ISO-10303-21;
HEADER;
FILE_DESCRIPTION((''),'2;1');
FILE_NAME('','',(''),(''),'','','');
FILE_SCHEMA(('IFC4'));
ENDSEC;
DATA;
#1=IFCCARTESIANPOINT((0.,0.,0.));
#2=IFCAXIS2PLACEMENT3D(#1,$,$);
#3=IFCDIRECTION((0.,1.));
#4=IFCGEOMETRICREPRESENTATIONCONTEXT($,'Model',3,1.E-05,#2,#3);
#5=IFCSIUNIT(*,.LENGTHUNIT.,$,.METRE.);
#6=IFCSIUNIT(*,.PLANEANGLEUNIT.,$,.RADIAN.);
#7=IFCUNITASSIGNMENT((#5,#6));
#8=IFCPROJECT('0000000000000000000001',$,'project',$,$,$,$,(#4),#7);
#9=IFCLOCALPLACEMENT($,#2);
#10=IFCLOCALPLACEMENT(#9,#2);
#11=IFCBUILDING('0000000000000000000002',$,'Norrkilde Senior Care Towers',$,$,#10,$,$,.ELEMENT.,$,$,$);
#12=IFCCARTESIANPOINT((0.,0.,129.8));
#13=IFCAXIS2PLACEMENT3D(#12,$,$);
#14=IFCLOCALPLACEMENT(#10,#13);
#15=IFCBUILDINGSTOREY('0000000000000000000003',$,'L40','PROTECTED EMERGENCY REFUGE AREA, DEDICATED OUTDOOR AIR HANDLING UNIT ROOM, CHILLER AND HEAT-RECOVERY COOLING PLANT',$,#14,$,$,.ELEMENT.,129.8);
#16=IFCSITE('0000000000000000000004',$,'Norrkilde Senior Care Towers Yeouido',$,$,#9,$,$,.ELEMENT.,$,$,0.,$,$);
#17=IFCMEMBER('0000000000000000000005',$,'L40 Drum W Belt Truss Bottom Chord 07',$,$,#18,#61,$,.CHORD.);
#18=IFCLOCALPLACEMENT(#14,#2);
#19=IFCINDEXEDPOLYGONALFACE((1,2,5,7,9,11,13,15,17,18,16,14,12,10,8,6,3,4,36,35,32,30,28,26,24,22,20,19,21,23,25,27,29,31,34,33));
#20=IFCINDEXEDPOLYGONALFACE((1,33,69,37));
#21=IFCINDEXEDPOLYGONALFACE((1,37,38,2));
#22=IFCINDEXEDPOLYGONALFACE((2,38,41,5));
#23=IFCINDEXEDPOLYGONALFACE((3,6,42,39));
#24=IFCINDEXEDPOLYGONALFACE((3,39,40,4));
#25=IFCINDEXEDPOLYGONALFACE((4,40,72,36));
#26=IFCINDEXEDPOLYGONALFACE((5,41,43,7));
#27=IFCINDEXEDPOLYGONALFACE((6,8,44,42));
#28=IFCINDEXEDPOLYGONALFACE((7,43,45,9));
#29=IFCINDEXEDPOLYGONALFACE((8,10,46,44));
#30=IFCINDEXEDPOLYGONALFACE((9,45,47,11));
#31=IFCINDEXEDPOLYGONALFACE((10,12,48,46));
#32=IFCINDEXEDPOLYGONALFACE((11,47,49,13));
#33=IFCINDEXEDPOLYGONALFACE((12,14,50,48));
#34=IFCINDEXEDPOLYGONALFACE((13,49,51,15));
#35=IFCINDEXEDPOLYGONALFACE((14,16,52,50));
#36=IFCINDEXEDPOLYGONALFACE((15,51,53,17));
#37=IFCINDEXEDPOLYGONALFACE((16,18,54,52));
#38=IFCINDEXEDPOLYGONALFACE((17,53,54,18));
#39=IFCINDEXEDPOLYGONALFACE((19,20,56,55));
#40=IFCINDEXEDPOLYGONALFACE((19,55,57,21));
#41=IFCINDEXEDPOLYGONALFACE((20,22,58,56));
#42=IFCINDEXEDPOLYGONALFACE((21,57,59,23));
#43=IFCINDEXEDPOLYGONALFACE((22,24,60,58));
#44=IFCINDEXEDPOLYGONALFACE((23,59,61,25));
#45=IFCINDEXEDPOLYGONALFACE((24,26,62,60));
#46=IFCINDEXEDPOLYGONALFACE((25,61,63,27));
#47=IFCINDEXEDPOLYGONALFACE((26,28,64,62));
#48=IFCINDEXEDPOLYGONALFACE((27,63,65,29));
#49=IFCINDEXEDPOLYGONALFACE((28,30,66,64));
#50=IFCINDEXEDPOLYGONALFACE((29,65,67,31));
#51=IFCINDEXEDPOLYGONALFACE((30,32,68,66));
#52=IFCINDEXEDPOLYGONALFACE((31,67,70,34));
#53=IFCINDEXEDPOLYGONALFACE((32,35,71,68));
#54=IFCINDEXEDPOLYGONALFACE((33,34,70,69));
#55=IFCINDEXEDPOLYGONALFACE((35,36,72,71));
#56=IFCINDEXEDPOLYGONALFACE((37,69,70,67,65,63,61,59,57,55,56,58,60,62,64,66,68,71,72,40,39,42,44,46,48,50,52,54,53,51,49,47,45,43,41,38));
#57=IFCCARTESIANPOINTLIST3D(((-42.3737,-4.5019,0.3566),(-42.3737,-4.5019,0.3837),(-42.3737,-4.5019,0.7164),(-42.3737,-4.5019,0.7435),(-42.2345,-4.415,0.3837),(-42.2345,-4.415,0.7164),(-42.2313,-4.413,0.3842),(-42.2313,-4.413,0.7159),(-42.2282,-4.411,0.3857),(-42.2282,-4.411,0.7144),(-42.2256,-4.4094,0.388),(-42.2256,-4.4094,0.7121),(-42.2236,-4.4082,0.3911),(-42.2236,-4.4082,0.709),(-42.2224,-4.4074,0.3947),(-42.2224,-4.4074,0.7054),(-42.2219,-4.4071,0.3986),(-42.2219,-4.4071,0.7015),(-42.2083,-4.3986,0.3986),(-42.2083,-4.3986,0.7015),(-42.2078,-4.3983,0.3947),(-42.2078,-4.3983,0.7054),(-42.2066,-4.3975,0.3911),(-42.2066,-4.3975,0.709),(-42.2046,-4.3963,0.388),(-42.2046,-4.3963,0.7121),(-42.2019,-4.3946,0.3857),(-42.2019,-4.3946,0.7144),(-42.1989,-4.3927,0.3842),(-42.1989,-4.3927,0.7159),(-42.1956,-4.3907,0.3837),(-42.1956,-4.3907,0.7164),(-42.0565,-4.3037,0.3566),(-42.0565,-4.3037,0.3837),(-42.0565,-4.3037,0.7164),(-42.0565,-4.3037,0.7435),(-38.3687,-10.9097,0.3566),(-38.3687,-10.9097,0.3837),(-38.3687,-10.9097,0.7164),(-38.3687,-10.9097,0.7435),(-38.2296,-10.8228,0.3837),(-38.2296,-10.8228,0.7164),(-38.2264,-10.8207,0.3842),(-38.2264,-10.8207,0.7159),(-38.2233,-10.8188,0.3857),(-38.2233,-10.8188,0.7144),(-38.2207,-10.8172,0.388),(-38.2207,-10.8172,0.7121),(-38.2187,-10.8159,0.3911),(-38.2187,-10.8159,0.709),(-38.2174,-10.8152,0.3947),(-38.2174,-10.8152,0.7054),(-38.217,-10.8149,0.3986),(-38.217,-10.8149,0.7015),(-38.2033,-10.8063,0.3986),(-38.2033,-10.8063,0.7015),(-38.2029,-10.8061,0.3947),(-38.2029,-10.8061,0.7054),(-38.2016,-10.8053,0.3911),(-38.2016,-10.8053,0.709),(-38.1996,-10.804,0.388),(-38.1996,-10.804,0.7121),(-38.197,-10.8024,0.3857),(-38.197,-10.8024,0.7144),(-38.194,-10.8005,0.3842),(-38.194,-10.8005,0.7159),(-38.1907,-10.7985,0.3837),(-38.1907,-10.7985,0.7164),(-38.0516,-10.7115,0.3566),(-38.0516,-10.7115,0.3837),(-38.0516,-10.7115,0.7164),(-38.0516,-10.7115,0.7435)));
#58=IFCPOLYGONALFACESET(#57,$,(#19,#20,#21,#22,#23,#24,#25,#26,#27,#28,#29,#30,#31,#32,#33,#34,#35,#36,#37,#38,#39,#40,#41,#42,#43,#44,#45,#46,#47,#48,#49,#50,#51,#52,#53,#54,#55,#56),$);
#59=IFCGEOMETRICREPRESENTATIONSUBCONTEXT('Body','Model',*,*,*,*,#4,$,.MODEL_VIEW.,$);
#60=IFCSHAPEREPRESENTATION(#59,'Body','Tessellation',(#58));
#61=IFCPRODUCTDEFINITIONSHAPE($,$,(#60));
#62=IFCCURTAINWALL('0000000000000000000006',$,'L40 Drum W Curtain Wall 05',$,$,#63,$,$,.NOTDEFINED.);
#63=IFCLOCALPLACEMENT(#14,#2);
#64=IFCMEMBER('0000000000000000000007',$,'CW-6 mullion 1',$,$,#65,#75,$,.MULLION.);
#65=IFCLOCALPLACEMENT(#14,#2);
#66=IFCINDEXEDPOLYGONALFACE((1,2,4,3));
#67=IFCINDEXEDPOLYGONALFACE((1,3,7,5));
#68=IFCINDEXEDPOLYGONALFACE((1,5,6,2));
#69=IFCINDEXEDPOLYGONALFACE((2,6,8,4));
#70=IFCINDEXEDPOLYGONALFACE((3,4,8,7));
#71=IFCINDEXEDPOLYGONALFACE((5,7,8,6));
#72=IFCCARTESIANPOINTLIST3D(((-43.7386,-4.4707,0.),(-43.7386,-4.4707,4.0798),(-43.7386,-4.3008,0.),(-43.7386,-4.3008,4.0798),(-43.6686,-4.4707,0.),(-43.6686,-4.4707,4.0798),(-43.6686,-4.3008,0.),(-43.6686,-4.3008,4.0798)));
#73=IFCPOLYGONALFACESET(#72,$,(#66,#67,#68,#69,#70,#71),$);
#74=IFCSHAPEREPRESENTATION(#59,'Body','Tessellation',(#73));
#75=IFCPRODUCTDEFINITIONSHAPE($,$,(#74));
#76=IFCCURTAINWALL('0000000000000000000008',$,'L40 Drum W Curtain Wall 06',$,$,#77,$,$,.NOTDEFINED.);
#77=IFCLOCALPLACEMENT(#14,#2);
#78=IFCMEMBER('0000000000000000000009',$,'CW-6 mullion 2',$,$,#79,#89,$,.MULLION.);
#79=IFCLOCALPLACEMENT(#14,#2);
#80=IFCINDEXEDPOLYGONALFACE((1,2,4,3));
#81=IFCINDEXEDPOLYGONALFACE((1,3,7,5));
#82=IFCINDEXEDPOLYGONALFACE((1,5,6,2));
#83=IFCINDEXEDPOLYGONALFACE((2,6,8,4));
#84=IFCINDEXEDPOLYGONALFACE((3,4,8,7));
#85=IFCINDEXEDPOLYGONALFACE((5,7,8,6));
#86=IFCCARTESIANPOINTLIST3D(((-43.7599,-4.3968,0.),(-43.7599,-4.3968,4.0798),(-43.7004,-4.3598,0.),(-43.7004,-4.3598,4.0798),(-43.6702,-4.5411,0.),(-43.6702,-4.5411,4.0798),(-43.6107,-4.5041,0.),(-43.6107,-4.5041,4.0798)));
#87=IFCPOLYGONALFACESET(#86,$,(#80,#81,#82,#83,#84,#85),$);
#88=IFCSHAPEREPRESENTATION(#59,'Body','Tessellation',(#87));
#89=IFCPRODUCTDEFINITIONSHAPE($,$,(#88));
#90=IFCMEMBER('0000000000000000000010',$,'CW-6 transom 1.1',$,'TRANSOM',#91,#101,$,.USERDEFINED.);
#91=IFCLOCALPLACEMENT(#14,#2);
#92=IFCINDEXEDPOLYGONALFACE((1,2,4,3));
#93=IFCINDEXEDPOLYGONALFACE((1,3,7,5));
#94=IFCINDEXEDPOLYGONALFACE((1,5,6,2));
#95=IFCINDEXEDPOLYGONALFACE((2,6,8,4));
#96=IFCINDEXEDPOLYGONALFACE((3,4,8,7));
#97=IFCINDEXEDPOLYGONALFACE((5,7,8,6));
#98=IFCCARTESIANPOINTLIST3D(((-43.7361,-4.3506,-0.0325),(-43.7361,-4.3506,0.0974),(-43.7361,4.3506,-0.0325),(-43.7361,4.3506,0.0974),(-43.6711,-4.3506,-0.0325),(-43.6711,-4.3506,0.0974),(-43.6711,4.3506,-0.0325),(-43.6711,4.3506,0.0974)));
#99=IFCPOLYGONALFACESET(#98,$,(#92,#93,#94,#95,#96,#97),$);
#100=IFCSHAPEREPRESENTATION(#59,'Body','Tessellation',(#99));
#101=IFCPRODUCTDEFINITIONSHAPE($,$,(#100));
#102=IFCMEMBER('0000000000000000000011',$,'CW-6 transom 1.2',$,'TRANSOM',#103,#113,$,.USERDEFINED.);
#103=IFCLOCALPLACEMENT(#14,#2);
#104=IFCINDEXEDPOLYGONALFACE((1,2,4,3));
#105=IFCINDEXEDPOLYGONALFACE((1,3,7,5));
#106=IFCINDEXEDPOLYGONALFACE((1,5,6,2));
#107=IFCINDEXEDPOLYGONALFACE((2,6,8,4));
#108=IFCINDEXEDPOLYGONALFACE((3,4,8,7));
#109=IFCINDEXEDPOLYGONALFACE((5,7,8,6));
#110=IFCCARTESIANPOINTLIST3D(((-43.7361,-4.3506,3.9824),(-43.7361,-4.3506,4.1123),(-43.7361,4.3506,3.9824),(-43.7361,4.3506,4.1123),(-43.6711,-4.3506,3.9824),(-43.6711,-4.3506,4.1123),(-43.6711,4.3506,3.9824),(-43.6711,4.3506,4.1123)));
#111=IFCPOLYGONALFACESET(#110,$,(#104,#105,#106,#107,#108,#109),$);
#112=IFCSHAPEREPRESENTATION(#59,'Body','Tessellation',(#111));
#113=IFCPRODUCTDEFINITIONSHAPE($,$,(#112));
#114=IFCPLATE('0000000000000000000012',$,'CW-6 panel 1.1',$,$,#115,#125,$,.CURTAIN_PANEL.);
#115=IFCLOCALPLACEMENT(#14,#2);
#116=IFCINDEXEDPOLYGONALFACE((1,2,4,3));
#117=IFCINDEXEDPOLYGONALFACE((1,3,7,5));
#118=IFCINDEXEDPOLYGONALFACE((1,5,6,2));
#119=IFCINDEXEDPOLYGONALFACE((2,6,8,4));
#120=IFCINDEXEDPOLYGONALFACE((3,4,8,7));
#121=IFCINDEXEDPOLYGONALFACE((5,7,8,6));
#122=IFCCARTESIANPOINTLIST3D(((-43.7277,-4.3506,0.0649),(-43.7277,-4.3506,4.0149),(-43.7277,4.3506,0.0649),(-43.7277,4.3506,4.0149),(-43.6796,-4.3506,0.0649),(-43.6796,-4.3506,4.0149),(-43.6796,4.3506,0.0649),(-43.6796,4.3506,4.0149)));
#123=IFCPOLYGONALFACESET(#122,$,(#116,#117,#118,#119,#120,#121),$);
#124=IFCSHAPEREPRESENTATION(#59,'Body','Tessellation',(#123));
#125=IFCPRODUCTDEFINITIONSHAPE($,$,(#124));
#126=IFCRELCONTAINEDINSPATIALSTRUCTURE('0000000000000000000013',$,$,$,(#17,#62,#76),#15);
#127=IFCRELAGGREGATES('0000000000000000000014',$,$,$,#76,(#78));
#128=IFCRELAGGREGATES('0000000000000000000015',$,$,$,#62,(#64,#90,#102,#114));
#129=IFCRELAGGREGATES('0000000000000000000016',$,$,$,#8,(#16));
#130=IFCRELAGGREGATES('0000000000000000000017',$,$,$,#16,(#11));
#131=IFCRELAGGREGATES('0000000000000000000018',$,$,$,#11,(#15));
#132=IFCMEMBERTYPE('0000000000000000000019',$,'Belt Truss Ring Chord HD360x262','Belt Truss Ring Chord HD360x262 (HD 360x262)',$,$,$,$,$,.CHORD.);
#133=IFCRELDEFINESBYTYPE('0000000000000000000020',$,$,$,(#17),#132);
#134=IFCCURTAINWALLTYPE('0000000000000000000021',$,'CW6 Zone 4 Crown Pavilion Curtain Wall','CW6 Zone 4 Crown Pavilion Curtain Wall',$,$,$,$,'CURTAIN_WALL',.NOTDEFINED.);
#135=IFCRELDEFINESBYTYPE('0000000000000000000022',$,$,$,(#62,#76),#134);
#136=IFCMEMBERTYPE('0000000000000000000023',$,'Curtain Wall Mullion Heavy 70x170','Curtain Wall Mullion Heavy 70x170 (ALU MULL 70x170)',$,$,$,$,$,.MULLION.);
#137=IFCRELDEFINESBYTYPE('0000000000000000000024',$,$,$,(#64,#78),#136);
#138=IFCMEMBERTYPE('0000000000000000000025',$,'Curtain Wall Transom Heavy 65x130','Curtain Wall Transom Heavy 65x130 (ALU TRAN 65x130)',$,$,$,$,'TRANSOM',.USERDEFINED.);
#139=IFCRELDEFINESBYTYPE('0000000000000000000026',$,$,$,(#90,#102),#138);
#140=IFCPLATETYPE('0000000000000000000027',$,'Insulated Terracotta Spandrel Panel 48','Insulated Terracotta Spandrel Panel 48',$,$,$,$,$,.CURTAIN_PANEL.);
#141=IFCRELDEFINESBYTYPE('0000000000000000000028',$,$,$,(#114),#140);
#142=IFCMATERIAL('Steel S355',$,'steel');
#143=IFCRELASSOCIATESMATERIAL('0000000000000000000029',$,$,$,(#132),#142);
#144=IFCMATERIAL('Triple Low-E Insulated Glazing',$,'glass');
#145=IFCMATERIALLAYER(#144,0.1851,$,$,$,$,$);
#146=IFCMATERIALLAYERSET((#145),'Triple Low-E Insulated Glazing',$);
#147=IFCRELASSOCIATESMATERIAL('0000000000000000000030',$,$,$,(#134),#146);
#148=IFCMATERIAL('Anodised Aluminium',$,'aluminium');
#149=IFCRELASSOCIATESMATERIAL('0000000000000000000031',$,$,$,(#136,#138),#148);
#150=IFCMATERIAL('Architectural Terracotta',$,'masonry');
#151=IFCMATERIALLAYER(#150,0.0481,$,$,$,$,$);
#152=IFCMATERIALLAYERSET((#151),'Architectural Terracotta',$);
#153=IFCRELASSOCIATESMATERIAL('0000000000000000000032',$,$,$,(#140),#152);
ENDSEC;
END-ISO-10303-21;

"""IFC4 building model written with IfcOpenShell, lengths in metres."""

from ifc_helpers import new_model, si_unit, direction, frame, origin, origin_2d, place, context, subcontext, project, spatial, rectangle, i_section, extrude, source, transform, mapped, material, layer, layer_set, material_profile, profile_set, type_object, type_shapes, element, aggregate, save


model = new_model("IFC4")

# Units and contexts
model_context = context("Model", 3, precision=1e-05, world=origin(), true_north=direction((0.0, 1.0)))
body_context = subcontext(model_context, "Body", "Model", "MODEL_VIEW")
ifc_project = project(units=[si_unit("LENGTHUNIT", "METRE"), si_unit("PLANEANGLEUNIT", "RADIAN")], contexts=[model_context])

# Site, building, storey
site_placement = place(None, origin())
site = spatial("IfcSite", under=ifc_project, at=site_placement, Name="Norrkilde Senior Care Towers Yeouido", CompositionType="ELEMENT", RefElevation=0.0)
building_placement = place(site_placement, origin())
building = spatial("IfcBuilding", under=site, at=building_placement, Name="Norrkilde Senior Care Towers", CompositionType="ELEMENT")
storey_placement = place(building_placement, frame((0.0, 0.0, 129.8)))
storey = spatial("IfcBuildingStorey", under=building, at=storey_placement, Name="L40", Description="PROTECTED EMERGENCY REFUGE AREA, DEDICATED OUTDOOR AIR HANDLING UNIT ROOM, CHILLER AND HEAT-RECOVERY COOLING PLANT", CompositionType="ELEMENT", Elevation=129.8)

# Member
ifc_material_1 = material(Name="Steel S355", Category="steel")
ifc_material_profile_1 = material_profile(ifc_material_1, i_section(OverallWidth=0.374, OverallDepth=0.387, WebThickness=0.0161, FlangeThickness=0.0271, FilletRadius=0.0149, at=origin_2d()), Name="HD 360x262")
ifc_profile_set_1 = profile_set([ifc_material_profile_1], Name="Steel S355")
member_type_1 = type_object("IfcMemberType", Name="Belt Truss Ring Chord HD360x262", Description="Belt Truss Ring Chord HD360x262 (HD 360x262)", PredefinedType="CHORD", material=ifc_profile_set_1)
shared_shape_1 = source(origin(), body_context, "Body", "SweptSolid", [
    extrude(i_section(OverallWidth=0.374, OverallDepth=0.387, WebThickness=0.0161, FlangeThickness=0.0271, FilletRadius=0.0149, at=origin_2d()), origin(), (0.0, 0.0, 1.0), 7.5564),
])
type_shapes(member_type_1, [shared_shape_1])
member_1_placement = place(storey_placement, frame((-42.2151, -4.4028, 0.55), z_axis=(0.530005, -0.847995, 0.0), x_axis=(0.847995, 0.530005, 0.0)))
element("IfcMember", 1, at=member_1_placement, inside=storey, type_object=member_type_1, Name="L40 Drum W Belt Truss Bottom Chord 07", PredefinedType="CHORD", context=body_context, shape_type="MappedRepresentation", body=[
    mapped(shared_shape_1, transform((0.0, 0.0, 0.0), x_axis=(1.0, 0.0, 0.0), y_axis=(0.0, 1.0, 0.0), z_axis=(0.0, 0.0, 1.0), scale=1.0)),
])

# Curtain walls, members
ifc_material_2 = material(Name="Triple Low-E Insulated Glazing", Category="glass")
ifc_layer_1 = layer(ifc_material_2, 0.1851)
ifc_layer_set_1 = layer_set([ifc_layer_1], Name="Triple Low-E Insulated Glazing")
curtain_wall_type = type_object("IfcCurtainWallType", Name="CW6 Zone 4 Crown Pavilion Curtain Wall", Description="CW6 Zone 4 Crown Pavilion Curtain Wall", ElementType="CURTAIN_WALL", PredefinedType="NOTDEFINED", material=ifc_layer_set_1)
curtain_wall_1_placement = place(storey_placement, origin())
curtain_wall_1 = element("IfcCurtainWall", 2, at=curtain_wall_1_placement, inside=storey, type_object=curtain_wall_type, Name="L40 Drum W Curtain Wall 05", PredefinedType="NOTDEFINED")
ifc_material_3 = material(Name="Anodised Aluminium", Category="aluminium")
ifc_material_profile_2 = material_profile(ifc_material_3, rectangle(XDim=0.0701, YDim=0.1699, at=origin_2d()), Name="ALU MULL 70x170")
ifc_profile_set_2 = profile_set([ifc_material_profile_2], Name="Anodised Aluminium")
member_type_2 = type_object("IfcMemberType", Name="Curtain Wall Mullion Heavy 70x170", Description="Curtain Wall Mullion Heavy 70x170 (ALU MULL 70x170)", PredefinedType="MULLION", material=ifc_profile_set_2)
shared_shape_2 = source(origin(), body_context, "Body", "SweptSolid", [
    extrude(rectangle(XDim=0.0701, YDim=0.1699, at=origin_2d()), origin(), (0.0, 0.0, 1.0), 4.0798),
])
type_shapes(member_type_2, [shared_shape_2])
member_2_placement = place(storey_placement, frame((-43.7036, -4.3857, 0.0), z_axis=(0.0, 0.0, 1.0), x_axis=(-1.0, 0.0, 0.0)))
member_2 = element("IfcMember", 3, at=member_2_placement, type_object=member_type_2, Name="CW-6 mullion 1", PredefinedType="MULLION", context=body_context, shape_type="MappedRepresentation", body=[
    mapped(shared_shape_2, transform((0.0, 0.0, 0.0), x_axis=(1.0, 0.0, 0.0), y_axis=(0.0, 1.0, 0.0), z_axis=(0.0, 0.0, 1.0), scale=1.0)),
])
curtain_wall_2_placement = place(storey_placement, origin())
curtain_wall_2 = element("IfcCurtainWall", 4, at=curtain_wall_2_placement, inside=storey, type_object=curtain_wall_type, Name="L40 Drum W Curtain Wall 06", PredefinedType="NOTDEFINED")
member_3_placement = place(storey_placement, frame((-43.6853, -4.4504, 0.0), z_axis=(0.0, 0.0, 1.0), x_axis=(-0.84941, -0.527733, 0.0)))
member_3 = element("IfcMember", 5, at=member_3_placement, type_object=member_type_2, Name="CW-6 mullion 2", PredefinedType="MULLION", context=body_context, shape_type="MappedRepresentation", body=[
    mapped(shared_shape_2, transform((0.0, 0.0, 0.0), x_axis=(1.0, 0.0, 0.0), y_axis=(0.0, 1.0, 0.0), z_axis=(0.0, 0.0, 1.0), scale=1.0)),
])
aggregate(curtain_wall_2, [member_3])

# Members
ifc_material_profile_3 = material_profile(ifc_material_3, rectangle(XDim=0.0649, YDim=0.1299, at=origin_2d()), Name="ALU TRAN 65x130")
ifc_profile_set_3 = profile_set([ifc_material_profile_3], Name="Anodised Aluminium")
member_type_3 = type_object("IfcMemberType", Name="Curtain Wall Transom Heavy 65x130", Description="Curtain Wall Transom Heavy 65x130 (ALU TRAN 65x130)", ElementType="TRANSOM", PredefinedType="USERDEFINED", material=ifc_profile_set_3)
shared_shape_3 = source(origin(), body_context, "Body", "SweptSolid", [
    extrude(rectangle(XDim=0.0649, YDim=0.1299, at=origin_2d()), origin(), (0.0, 0.0, 1.0), 8.7012),
])
type_shapes(member_type_3, [shared_shape_3])
member_4_placement = place(storey_placement, frame((-43.7036, -4.3506, 0.0325), z_axis=(0.0, 1.0, 0.0), x_axis=(-1.0, 0.0, 0.0)))
member_4 = element("IfcMember", 6, at=member_4_placement, type_object=member_type_3, Name="CW-6 transom 1.1", ObjectType="TRANSOM", PredefinedType="USERDEFINED", context=body_context, shape_type="MappedRepresentation", body=[
    mapped(shared_shape_3, transform((0.0, 0.0, 0.0), x_axis=(1.0, 0.0, 0.0), y_axis=(0.0, 1.0, 0.0), z_axis=(0.0, 0.0, 1.0), scale=1.0)),
])
member_5_placement = place(storey_placement, frame((-43.7036, -4.3506, 4.0474), z_axis=(0.0, 1.0, 0.0), x_axis=(-1.0, 0.0, 0.0)))
member_5 = element("IfcMember", 7, at=member_5_placement, type_object=member_type_3, Name="CW-6 transom 1.2", ObjectType="TRANSOM", PredefinedType="USERDEFINED", context=body_context, shape_type="MappedRepresentation", body=[
    mapped(shared_shape_3, transform((0.0, 0.0, 0.0), x_axis=(1.0, 0.0, 0.0), y_axis=(0.0, 1.0, 0.0), z_axis=(0.0, 0.0, 1.0), scale=1.0)),
])

# Plate
ifc_material_4 = material(Name="Architectural Terracotta", Category="masonry")
ifc_layer_2 = layer(ifc_material_4, 0.0481)
ifc_layer_set_2 = layer_set([ifc_layer_2], Name="Architectural Terracotta")
plate_type = type_object("IfcPlateType", Name="Insulated Terracotta Spandrel Panel 48", Description="Insulated Terracotta Spandrel Panel 48", PredefinedType="CURTAIN_PANEL", material=ifc_layer_set_2)
shared_shape_4 = source(origin(), body_context, "Body", "SweptSolid", [
    extrude(rectangle(XDim=8.7012, YDim=0.0481, at=origin_2d()), origin(), (0.0, 0.0, 1.0), 3.95),
])
type_shapes(plate_type, [shared_shape_4])
plate_placement = place(storey_placement, frame((-43.7036, 0.0, 0.0649), z_axis=(0.0, 0.0, 1.0), x_axis=(0.0, 1.0, 0.0)))
plate = element("IfcPlate", 8, at=plate_placement, type_object=plate_type, Name="CW-6 panel 1.1", PredefinedType="CURTAIN_PANEL", context=body_context, shape_type="MappedRepresentation", body=[
    mapped(shared_shape_4, transform((0.0, 0.0, 0.0), x_axis=(1.0, 0.0, 0.0), y_axis=(0.0, 1.0, 0.0), z_axis=(0.0, 0.0, 1.0), scale=1.0)),
])
aggregate(curtain_wall_1, [member_2, member_4, member_5, plate])

save(model, "model.ifc")
